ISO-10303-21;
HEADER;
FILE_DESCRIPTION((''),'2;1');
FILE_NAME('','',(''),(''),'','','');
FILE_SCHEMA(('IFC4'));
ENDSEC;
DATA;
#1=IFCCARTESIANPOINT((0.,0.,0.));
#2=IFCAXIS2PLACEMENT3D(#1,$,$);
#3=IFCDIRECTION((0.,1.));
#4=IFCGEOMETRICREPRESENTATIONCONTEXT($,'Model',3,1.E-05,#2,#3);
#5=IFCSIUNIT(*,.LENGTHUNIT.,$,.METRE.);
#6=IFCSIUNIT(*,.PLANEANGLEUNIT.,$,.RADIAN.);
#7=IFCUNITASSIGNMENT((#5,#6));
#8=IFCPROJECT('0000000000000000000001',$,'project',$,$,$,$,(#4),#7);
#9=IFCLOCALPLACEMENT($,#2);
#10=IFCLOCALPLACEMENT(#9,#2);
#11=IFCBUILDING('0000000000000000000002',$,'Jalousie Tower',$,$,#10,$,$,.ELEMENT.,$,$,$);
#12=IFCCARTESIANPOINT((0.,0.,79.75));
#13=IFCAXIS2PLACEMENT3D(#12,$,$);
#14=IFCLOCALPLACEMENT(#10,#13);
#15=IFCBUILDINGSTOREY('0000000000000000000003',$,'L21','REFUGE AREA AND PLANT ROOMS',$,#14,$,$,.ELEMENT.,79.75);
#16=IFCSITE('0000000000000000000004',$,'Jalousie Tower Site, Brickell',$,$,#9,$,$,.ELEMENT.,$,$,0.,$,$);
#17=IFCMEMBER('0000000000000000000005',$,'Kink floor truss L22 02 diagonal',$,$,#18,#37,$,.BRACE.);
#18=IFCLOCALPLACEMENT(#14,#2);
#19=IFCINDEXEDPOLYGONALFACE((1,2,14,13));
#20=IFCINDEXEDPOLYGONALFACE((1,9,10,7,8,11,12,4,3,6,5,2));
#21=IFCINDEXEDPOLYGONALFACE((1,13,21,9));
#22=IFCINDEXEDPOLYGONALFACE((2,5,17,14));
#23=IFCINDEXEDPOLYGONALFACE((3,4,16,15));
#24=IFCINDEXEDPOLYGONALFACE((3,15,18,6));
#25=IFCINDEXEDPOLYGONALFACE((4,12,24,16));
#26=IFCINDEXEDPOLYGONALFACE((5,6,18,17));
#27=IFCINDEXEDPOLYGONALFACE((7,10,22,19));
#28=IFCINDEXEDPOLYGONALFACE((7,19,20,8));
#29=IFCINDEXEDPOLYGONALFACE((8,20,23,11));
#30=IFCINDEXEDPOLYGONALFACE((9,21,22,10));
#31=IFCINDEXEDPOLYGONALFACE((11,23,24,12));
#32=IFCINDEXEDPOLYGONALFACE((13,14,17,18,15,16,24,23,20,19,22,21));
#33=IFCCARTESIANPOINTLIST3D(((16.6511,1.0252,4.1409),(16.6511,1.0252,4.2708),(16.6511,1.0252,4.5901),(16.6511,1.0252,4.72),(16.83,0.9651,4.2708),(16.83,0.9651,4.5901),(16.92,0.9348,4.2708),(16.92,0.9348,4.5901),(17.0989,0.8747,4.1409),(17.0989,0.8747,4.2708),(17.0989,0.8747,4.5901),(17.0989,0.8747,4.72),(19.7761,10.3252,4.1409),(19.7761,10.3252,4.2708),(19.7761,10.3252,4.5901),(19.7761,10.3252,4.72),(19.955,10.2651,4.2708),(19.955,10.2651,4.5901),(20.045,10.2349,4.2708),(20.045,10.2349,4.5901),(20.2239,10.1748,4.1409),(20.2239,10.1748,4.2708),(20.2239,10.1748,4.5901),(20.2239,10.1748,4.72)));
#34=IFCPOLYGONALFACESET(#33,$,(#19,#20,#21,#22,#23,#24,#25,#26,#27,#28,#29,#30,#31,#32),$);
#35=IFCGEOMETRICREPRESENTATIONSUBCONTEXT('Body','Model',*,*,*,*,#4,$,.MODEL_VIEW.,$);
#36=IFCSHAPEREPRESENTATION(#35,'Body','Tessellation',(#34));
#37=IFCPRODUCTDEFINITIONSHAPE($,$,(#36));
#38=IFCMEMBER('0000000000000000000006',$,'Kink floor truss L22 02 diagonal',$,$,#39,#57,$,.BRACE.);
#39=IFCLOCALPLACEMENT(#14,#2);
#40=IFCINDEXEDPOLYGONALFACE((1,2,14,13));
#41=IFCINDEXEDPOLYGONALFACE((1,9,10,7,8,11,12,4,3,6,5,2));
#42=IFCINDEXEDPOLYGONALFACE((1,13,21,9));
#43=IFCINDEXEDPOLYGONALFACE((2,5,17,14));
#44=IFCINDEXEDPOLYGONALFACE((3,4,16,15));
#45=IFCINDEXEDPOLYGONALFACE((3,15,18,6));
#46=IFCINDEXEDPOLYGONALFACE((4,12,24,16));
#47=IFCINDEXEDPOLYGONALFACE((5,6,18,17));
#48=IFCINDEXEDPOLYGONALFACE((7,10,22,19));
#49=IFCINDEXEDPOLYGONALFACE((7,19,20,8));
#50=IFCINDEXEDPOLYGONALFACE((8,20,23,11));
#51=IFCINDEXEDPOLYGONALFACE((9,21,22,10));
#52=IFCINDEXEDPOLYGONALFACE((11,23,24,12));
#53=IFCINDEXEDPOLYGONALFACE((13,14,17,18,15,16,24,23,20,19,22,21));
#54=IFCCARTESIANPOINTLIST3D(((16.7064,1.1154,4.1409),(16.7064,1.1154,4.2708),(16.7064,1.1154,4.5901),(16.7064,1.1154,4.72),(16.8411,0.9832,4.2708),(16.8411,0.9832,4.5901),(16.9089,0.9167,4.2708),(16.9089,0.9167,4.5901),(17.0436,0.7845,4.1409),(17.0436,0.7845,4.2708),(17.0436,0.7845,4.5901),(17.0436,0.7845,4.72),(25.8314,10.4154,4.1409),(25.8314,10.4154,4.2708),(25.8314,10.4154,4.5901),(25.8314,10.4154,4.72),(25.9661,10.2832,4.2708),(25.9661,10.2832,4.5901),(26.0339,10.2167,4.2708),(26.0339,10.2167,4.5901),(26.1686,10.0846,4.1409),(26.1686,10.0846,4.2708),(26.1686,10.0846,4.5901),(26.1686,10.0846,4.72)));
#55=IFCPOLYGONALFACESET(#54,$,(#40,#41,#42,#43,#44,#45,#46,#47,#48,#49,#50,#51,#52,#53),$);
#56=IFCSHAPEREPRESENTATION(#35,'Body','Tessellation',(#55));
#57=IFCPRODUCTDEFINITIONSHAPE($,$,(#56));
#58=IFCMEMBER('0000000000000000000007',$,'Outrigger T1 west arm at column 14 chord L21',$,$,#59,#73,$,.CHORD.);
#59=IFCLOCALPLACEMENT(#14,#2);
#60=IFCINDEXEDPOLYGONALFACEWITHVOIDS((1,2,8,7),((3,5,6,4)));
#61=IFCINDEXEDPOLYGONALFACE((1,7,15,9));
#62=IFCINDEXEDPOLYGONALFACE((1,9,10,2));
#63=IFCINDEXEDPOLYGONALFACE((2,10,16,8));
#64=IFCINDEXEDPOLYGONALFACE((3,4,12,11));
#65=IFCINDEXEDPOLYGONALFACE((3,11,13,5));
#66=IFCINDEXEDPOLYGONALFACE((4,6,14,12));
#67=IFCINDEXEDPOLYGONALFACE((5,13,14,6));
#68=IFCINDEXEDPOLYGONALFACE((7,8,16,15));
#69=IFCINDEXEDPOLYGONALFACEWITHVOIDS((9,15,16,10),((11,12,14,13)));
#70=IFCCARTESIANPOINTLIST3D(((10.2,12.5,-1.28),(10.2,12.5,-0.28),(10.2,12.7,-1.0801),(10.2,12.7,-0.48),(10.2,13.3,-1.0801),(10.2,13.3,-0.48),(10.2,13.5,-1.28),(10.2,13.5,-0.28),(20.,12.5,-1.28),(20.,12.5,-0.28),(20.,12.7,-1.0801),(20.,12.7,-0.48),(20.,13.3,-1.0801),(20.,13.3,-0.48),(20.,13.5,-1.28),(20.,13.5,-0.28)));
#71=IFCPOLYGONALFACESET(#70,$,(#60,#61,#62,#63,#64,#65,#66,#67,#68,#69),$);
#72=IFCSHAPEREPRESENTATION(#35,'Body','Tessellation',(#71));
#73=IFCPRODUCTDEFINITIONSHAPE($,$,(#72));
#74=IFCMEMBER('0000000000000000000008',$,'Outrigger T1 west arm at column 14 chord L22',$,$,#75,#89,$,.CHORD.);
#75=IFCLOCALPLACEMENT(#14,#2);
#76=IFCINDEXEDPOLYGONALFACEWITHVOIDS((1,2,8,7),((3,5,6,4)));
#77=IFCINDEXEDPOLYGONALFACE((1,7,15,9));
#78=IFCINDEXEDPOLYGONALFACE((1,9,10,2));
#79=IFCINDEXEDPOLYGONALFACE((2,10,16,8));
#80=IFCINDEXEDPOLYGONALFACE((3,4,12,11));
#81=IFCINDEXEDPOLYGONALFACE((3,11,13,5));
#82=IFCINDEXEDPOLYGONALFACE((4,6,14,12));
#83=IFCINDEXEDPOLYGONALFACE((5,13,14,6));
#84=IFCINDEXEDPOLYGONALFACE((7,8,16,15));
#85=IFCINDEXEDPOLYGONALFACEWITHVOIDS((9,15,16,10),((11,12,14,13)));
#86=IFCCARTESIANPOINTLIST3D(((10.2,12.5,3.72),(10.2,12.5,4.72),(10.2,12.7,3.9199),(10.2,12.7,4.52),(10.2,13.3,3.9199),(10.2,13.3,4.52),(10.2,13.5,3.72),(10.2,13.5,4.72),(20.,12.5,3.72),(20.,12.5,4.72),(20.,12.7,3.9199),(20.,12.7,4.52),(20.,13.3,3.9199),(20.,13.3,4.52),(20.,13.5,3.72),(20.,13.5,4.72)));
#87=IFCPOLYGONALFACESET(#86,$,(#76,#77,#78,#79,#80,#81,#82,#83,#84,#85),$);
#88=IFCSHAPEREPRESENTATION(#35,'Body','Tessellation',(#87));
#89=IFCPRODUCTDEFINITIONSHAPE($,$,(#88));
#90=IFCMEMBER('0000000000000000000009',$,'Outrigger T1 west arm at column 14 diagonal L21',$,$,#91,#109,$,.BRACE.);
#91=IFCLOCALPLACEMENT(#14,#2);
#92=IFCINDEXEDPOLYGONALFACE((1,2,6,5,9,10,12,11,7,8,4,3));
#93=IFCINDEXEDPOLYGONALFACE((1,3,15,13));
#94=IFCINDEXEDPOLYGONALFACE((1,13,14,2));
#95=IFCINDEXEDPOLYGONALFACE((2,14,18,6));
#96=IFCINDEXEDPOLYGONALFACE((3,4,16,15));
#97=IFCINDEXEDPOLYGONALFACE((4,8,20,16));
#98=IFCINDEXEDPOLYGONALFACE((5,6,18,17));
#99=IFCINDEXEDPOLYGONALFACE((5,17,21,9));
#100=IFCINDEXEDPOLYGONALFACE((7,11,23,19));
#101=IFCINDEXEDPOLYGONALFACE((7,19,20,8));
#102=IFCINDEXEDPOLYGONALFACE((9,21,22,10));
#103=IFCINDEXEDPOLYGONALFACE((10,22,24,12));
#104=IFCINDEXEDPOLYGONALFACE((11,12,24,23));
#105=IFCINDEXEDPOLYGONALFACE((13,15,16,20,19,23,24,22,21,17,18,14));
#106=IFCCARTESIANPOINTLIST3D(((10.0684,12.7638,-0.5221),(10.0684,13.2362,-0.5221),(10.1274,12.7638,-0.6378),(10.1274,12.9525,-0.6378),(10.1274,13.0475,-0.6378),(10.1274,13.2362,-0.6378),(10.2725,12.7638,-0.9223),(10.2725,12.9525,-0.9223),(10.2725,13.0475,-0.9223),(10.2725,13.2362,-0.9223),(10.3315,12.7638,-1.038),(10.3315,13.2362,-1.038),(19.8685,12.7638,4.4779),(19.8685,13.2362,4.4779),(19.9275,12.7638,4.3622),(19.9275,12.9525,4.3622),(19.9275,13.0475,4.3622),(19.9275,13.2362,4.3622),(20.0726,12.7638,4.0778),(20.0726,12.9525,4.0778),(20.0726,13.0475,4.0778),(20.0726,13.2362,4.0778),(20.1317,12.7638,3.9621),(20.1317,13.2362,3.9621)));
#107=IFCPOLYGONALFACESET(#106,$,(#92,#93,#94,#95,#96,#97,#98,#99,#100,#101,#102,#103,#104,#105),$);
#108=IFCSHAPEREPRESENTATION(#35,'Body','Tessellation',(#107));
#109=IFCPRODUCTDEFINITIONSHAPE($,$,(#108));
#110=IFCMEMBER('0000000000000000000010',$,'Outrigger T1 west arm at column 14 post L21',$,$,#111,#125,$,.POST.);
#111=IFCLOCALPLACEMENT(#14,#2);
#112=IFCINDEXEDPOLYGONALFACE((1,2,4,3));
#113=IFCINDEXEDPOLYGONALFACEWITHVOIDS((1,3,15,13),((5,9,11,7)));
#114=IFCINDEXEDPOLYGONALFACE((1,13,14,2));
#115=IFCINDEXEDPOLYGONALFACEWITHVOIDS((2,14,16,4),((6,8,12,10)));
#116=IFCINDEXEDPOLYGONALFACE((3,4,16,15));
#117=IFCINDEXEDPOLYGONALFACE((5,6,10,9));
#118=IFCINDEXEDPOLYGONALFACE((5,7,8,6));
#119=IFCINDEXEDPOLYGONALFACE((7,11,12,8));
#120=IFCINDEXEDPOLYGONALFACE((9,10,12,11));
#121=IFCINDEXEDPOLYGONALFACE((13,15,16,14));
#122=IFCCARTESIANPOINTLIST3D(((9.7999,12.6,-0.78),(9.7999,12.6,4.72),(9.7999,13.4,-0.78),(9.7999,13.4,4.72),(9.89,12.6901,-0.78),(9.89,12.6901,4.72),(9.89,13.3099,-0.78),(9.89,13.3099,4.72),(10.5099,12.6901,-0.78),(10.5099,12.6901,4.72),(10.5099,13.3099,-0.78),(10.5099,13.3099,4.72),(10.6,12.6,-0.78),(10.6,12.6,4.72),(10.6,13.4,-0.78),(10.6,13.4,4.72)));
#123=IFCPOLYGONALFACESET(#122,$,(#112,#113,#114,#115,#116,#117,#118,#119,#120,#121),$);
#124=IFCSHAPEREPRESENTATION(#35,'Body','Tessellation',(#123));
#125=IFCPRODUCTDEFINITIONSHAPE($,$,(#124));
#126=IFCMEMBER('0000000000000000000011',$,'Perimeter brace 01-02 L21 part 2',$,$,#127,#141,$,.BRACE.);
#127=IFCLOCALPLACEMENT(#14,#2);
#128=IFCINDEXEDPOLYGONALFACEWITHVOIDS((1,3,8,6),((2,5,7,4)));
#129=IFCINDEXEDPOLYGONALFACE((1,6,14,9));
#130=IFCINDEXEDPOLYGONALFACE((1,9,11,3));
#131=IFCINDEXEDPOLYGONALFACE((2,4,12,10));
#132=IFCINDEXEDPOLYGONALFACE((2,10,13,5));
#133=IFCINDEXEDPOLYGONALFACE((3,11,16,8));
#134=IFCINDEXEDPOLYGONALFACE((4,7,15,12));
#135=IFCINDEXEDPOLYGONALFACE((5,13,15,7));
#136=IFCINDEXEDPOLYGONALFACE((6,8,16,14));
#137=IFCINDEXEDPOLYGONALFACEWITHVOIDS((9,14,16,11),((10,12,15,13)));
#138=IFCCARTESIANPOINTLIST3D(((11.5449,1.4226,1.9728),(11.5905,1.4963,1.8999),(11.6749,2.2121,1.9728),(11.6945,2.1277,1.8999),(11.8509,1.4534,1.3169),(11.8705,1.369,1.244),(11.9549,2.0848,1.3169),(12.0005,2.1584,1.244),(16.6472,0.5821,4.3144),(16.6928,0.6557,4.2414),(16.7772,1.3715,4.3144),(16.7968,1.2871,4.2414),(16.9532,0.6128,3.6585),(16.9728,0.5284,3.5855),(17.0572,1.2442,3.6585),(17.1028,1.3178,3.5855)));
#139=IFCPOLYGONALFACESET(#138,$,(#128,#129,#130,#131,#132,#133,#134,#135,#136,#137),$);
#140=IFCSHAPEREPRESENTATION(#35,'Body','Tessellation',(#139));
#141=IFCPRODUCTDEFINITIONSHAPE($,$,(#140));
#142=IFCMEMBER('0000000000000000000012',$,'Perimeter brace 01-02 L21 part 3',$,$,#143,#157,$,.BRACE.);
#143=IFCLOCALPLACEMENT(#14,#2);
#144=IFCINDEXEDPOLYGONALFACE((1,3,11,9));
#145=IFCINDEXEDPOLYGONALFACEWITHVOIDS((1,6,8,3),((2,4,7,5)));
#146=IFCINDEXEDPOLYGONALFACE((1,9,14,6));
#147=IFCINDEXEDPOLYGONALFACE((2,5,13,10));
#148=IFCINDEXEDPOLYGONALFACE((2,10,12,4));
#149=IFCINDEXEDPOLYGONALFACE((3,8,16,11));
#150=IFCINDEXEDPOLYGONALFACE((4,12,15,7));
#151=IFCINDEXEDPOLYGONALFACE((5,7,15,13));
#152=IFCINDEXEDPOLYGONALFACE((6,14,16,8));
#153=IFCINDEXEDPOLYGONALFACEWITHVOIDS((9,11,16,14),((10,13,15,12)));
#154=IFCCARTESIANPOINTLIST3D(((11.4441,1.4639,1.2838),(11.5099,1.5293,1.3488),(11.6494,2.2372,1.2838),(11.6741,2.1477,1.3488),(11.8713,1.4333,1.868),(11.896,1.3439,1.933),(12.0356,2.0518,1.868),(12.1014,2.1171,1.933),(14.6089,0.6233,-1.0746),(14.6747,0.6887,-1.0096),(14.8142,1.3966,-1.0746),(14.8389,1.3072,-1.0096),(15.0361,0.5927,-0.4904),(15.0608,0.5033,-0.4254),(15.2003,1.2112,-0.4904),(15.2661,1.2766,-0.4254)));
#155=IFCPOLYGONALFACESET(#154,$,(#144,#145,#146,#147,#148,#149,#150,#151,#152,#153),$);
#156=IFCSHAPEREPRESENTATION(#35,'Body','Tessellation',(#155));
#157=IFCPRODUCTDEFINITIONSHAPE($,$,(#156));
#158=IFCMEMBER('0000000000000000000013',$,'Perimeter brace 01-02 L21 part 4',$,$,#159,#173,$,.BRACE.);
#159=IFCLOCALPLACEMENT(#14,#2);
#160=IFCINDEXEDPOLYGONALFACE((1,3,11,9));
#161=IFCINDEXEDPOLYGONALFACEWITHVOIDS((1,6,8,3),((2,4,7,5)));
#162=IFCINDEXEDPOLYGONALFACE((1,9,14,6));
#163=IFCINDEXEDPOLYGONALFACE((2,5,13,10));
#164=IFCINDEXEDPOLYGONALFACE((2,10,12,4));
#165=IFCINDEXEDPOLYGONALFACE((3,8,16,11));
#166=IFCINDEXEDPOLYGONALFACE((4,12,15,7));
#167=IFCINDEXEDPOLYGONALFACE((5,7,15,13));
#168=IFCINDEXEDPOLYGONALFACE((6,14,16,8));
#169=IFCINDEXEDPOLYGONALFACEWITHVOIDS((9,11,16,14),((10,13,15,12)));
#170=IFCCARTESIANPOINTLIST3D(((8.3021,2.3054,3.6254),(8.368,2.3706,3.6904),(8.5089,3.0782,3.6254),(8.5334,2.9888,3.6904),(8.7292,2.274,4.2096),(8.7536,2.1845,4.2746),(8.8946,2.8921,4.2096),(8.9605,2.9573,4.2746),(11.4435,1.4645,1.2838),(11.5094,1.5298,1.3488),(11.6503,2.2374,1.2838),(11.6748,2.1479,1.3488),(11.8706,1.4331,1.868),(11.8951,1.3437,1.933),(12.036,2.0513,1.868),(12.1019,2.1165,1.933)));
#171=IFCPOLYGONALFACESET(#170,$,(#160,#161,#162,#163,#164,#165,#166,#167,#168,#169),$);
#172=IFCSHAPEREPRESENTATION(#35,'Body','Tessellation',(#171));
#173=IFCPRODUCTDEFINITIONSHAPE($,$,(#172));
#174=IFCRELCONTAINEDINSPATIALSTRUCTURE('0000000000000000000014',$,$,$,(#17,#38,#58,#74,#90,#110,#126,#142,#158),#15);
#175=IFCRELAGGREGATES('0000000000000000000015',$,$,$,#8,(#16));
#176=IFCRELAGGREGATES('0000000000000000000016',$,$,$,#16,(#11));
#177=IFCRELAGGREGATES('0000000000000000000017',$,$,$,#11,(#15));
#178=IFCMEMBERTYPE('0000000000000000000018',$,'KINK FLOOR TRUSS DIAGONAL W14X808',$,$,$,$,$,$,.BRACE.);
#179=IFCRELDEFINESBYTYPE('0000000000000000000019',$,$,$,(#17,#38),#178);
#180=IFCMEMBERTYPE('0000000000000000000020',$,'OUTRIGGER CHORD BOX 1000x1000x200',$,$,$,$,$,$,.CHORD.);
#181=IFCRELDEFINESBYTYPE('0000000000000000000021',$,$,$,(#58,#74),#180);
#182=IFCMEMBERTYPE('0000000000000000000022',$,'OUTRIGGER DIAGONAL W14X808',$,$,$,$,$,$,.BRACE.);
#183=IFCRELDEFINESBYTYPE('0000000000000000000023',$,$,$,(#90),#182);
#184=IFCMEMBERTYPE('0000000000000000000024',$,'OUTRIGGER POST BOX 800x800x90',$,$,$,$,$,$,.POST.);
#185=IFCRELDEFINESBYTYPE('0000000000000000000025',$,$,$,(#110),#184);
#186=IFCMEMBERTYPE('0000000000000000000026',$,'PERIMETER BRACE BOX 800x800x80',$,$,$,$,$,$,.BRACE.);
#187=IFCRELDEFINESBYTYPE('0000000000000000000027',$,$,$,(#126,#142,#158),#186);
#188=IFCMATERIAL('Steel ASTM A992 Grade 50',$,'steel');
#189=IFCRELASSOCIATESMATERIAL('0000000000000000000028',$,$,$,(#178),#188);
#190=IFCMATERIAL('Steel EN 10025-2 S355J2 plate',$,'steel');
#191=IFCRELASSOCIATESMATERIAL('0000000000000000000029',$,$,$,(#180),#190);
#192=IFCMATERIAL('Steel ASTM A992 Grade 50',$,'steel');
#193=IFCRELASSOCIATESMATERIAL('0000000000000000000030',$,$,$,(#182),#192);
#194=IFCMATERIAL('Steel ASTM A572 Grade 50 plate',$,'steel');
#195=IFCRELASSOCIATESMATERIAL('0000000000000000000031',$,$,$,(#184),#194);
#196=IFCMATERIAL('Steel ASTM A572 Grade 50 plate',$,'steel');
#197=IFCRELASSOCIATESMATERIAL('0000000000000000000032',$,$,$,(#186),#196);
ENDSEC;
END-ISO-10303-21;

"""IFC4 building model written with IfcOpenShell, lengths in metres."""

from ifc_helpers import new_model, si_unit, direction, frame, origin, origin_2d, place, context, subcontext, project, spatial, hollow_rectangle, i_section, extrude, material, material_profile, profile_set, type_object, element, save


model = new_model("IFC4")

# Units and contexts
model_context = context("Model", 3, precision=1e-05, world=origin(), true_north=direction((0.0, 1.0)))
body_context = subcontext(model_context, "Body", "Model", "MODEL_VIEW")
ifc_project = project(units=[si_unit("LENGTHUNIT", "METRE"), si_unit("PLANEANGLEUNIT", "RADIAN")], contexts=[model_context])

# Site, building, storey
site_placement = place(None, origin())
site = spatial("IfcSite", under=ifc_project, at=site_placement, Name="Jalousie Tower Site, Brickell", CompositionType="ELEMENT", RefElevation=0.0)
building_placement = place(site_placement, origin())
building = spatial("IfcBuilding", under=site, at=building_placement, Name="Jalousie Tower", CompositionType="ELEMENT")
storey_placement = place(building_placement, frame((0.0, 0.0, 79.75)))
storey = spatial("IfcBuildingStorey", under=building, at=storey_placement, Name="L21", Description="REFUGE AREA AND PLANT ROOMS", CompositionType="ELEMENT", Elevation=79.75)

# Members
ifc_material_1 = material(Name="Steel ASTM A992 Grade 50", Category="steel")
ifc_material_profile_1 = material_profile(ifc_material_1, i_section(OverallWidth=0.4724, OverallDepth=0.5791, WebThickness=0.095, FlangeThickness=0.1299, at=origin_2d()), Name="W14X808")
ifc_profile_set_1 = profile_set([ifc_material_profile_1], Name="Steel ASTM A992 Grade 50")
member_type_1 = type_object("IfcMemberType", Name="KINK FLOOR TRUSS DIAGONAL W14X808", PredefinedType="BRACE", material=ifc_profile_set_1)
member_1_placement = place(storey_placement, frame((16.875, 0.95, 4.4304), z_axis=(0.318519, 0.947917, 0.0), x_axis=(-0.947917, 0.318519, 0.0)))
element("IfcMember", 1, at=member_1_placement, inside=storey, type_object=member_type_1, Name="Kink floor truss L22 02 diagonal", PredefinedType="BRACE", context=body_context, shape_type="SweptSolid", body=[
    extrude(i_section(OverallWidth=0.4724, OverallDepth=0.5791, WebThickness=0.095, FlangeThickness=0.1299, at=origin_2d()), origin(), (0.0, 0.0, 1.0), 9.811),
])
member_2_placement = place(storey_placement, frame((16.875, 0.95, 4.4304), z_axis=(0.700357, 0.713792, 0.0), x_axis=(-0.713792, 0.700357, 0.0)))
element("IfcMember", 2, at=member_2_placement, inside=storey, type_object=member_type_1, Name="Kink floor truss L22 02 diagonal", PredefinedType="BRACE", context=body_context, shape_type="SweptSolid", body=[
    extrude(i_section(OverallWidth=0.4724, OverallDepth=0.5791, WebThickness=0.095, FlangeThickness=0.1299, at=origin_2d()), origin(), (0.0, 0.0, 1.0), 13.0291),
])
ifc_material_2 = material(Name="Steel EN 10025-2 S355J2 plate", Category="steel")
ifc_material_profile_2 = material_profile(ifc_material_2, hollow_rectangle(XDim=1.0, YDim=1.0, WallThickness=0.2, at=origin_2d()), Name="BOX 1000x1000x200")
ifc_profile_set_2 = profile_set([ifc_material_profile_2], Name="Steel EN 10025-2 S355J2 plate")
member_type_2 = type_object("IfcMemberType", Name="OUTRIGGER CHORD BOX 1000x1000x200", PredefinedType="CHORD", material=ifc_profile_set_2)
for number, where, z_axis, x_axis, name in (
    (3, (10.2, 13.0, -0.78), (1.0, 0.0, 0.0), (0.0, 1.0, 0.0), "Outrigger T1 west arm at column 14 chord L21"),
    (4, (10.2, 13.0, 4.22), (1.0, 0.0, 0.0), (0.0, 1.0, 0.0), "Outrigger T1 west arm at column 14 chord L22"),
):
    element("IfcMember", number, at=place(storey_placement, frame(where, z_axis=z_axis, x_axis=x_axis)), inside=storey, type_object=member_type_2, Name=name, PredefinedType="CHORD", context=body_context, shape_type="SweptSolid", body=[
        extrude(hollow_rectangle(XDim=1.0, YDim=1.0, WallThickness=0.2, at=origin_2d()), origin(), (0.0, 0.0, 1.0), 9.8),
    ])
ifc_material_3 = material(Name="Steel ASTM A992 Grade 50", Category="steel")
ifc_material_profile_3 = material_profile(ifc_material_3, i_section(OverallWidth=0.4724, OverallDepth=0.5791, WebThickness=0.095, FlangeThickness=0.1299, at=origin_2d()), Name="W14X808")
ifc_profile_set_3 = profile_set([ifc_material_profile_3], Name="Steel ASTM A992 Grade 50")
member_type_3 = type_object("IfcMemberType", Name="OUTRIGGER DIAGONAL W14X808", PredefinedType="BRACE", material=ifc_profile_set_3)
member_3_placement = place(storey_placement, frame((10.2, 13.0, -0.78), z_axis=(0.890763, 0.0, 0.454469), x_axis=(0.0, 1.0, 0.0)))
element("IfcMember", 5, at=member_3_placement, inside=storey, type_object=member_type_3, Name="Outrigger T1 west arm at column 14 diagonal L21", PredefinedType="BRACE", context=body_context, shape_type="SweptSolid", body=[
    extrude(i_section(OverallWidth=0.4724, OverallDepth=0.5791, WebThickness=0.095, FlangeThickness=0.1299, at=origin_2d()), origin(), (0.0, 0.0, 1.0), 11.002),
])
ifc_material_4 = material(Name="Steel ASTM A572 Grade 50 plate", Category="steel")
ifc_material_profile_4 = material_profile(ifc_material_4, hollow_rectangle(XDim=0.8, YDim=0.8, WallThickness=0.0901, at=origin_2d()), Name="BOX 800x800x90")
ifc_profile_set_4 = profile_set([ifc_material_profile_4], Name="Steel ASTM A572 Grade 50 plate")
member_type_4 = type_object("IfcMemberType", Name="OUTRIGGER POST BOX 800x800x90", PredefinedType="POST", material=ifc_profile_set_4)
member_4_placement = place(storey_placement, frame((10.2, 13.0, -0.78), z_axis=(0.0, 0.0, 1.0), x_axis=(1.0, 0.0, 0.0)))
element("IfcMember", 6, at=member_4_placement, inside=storey, type_object=member_type_4, Name="Outrigger T1 west arm at column 14 post L21", PredefinedType="POST", context=body_context, shape_type="SweptSolid", body=[
    extrude(hollow_rectangle(XDim=0.8, YDim=0.8, WallThickness=0.0901, at=origin_2d()), origin(), (0.0, 0.0, 1.0), 5.5),
])
ifc_material_5 = material(Name="Steel ASTM A572 Grade 50 plate", Category="steel")
ifc_material_profile_5 = material_profile(ifc_material_5, hollow_rectangle(XDim=0.8, YDim=0.8, WallThickness=0.0801, at=origin_2d()), Name="BOX 800x800x80")
ifc_profile_set_5 = profile_set([ifc_material_profile_5], Name="Steel ASTM A572 Grade 50 plate")
member_type_5 = type_object("IfcMemberType", Name="PERIMETER BRACE BOX 800x800x80", PredefinedType="BRACE", material=ifc_profile_set_5)
member_5_placement = place(storey_placement, frame((11.7727, 1.7905, 1.6084), z_axis=(0.898842, -0.14808, 0.412498), x_axis=(0.162554, 0.9867, 0.0)))
element("IfcMember", 7, at=member_5_placement, inside=storey, type_object=member_type_5, Name="Perimeter brace 01-02 L21 part 2", PredefinedType="BRACE", context=body_context, shape_type="SweptSolid", body=[
    extrude(hollow_rectangle(XDim=0.8, YDim=0.8, WallThickness=0.0801, at=origin_2d()), origin(), (0.0, 0.0, 1.0), 5.6765),
])
member_6_placement = place(storey_placement, frame((14.9375, 0.95, -0.75), z_axis=(-0.784256, 0.2083, 0.584426), x_axis=(-0.256702, -0.966491, 0.0)))
element("IfcMember", 8, at=member_6_placement, inside=storey, type_object=member_type_5, Name="Perimeter brace 01-02 L21 part 3", PredefinedType="BRACE", context=body_context, shape_type="SweptSolid", body=[
    extrude(hollow_rectangle(XDim=0.8, YDim=0.8, WallThickness=0.0801, at=origin_2d()), origin(), (0.0, 0.0, 1.0), 4.0354),
])
member_7_placement = place(storey_placement, frame((11.7727, 1.7905, 1.6084), z_axis=(-0.78392, 0.209825, 0.584331), x_axis=(-0.25856, -0.965995, 0.0)))
element("IfcMember", 9, at=member_7_placement, inside=storey, type_object=member_type_5, Name="Perimeter brace 01-02 L21 part 4", PredefinedType="BRACE", context=body_context, shape_type="SweptSolid", body=[
    extrude(hollow_rectangle(XDim=0.8, YDim=0.8, WallThickness=0.0801, at=origin_2d()), origin(), (0.0, 0.0, 1.0), 4.0073),
])

save(model, "model.ifc")
